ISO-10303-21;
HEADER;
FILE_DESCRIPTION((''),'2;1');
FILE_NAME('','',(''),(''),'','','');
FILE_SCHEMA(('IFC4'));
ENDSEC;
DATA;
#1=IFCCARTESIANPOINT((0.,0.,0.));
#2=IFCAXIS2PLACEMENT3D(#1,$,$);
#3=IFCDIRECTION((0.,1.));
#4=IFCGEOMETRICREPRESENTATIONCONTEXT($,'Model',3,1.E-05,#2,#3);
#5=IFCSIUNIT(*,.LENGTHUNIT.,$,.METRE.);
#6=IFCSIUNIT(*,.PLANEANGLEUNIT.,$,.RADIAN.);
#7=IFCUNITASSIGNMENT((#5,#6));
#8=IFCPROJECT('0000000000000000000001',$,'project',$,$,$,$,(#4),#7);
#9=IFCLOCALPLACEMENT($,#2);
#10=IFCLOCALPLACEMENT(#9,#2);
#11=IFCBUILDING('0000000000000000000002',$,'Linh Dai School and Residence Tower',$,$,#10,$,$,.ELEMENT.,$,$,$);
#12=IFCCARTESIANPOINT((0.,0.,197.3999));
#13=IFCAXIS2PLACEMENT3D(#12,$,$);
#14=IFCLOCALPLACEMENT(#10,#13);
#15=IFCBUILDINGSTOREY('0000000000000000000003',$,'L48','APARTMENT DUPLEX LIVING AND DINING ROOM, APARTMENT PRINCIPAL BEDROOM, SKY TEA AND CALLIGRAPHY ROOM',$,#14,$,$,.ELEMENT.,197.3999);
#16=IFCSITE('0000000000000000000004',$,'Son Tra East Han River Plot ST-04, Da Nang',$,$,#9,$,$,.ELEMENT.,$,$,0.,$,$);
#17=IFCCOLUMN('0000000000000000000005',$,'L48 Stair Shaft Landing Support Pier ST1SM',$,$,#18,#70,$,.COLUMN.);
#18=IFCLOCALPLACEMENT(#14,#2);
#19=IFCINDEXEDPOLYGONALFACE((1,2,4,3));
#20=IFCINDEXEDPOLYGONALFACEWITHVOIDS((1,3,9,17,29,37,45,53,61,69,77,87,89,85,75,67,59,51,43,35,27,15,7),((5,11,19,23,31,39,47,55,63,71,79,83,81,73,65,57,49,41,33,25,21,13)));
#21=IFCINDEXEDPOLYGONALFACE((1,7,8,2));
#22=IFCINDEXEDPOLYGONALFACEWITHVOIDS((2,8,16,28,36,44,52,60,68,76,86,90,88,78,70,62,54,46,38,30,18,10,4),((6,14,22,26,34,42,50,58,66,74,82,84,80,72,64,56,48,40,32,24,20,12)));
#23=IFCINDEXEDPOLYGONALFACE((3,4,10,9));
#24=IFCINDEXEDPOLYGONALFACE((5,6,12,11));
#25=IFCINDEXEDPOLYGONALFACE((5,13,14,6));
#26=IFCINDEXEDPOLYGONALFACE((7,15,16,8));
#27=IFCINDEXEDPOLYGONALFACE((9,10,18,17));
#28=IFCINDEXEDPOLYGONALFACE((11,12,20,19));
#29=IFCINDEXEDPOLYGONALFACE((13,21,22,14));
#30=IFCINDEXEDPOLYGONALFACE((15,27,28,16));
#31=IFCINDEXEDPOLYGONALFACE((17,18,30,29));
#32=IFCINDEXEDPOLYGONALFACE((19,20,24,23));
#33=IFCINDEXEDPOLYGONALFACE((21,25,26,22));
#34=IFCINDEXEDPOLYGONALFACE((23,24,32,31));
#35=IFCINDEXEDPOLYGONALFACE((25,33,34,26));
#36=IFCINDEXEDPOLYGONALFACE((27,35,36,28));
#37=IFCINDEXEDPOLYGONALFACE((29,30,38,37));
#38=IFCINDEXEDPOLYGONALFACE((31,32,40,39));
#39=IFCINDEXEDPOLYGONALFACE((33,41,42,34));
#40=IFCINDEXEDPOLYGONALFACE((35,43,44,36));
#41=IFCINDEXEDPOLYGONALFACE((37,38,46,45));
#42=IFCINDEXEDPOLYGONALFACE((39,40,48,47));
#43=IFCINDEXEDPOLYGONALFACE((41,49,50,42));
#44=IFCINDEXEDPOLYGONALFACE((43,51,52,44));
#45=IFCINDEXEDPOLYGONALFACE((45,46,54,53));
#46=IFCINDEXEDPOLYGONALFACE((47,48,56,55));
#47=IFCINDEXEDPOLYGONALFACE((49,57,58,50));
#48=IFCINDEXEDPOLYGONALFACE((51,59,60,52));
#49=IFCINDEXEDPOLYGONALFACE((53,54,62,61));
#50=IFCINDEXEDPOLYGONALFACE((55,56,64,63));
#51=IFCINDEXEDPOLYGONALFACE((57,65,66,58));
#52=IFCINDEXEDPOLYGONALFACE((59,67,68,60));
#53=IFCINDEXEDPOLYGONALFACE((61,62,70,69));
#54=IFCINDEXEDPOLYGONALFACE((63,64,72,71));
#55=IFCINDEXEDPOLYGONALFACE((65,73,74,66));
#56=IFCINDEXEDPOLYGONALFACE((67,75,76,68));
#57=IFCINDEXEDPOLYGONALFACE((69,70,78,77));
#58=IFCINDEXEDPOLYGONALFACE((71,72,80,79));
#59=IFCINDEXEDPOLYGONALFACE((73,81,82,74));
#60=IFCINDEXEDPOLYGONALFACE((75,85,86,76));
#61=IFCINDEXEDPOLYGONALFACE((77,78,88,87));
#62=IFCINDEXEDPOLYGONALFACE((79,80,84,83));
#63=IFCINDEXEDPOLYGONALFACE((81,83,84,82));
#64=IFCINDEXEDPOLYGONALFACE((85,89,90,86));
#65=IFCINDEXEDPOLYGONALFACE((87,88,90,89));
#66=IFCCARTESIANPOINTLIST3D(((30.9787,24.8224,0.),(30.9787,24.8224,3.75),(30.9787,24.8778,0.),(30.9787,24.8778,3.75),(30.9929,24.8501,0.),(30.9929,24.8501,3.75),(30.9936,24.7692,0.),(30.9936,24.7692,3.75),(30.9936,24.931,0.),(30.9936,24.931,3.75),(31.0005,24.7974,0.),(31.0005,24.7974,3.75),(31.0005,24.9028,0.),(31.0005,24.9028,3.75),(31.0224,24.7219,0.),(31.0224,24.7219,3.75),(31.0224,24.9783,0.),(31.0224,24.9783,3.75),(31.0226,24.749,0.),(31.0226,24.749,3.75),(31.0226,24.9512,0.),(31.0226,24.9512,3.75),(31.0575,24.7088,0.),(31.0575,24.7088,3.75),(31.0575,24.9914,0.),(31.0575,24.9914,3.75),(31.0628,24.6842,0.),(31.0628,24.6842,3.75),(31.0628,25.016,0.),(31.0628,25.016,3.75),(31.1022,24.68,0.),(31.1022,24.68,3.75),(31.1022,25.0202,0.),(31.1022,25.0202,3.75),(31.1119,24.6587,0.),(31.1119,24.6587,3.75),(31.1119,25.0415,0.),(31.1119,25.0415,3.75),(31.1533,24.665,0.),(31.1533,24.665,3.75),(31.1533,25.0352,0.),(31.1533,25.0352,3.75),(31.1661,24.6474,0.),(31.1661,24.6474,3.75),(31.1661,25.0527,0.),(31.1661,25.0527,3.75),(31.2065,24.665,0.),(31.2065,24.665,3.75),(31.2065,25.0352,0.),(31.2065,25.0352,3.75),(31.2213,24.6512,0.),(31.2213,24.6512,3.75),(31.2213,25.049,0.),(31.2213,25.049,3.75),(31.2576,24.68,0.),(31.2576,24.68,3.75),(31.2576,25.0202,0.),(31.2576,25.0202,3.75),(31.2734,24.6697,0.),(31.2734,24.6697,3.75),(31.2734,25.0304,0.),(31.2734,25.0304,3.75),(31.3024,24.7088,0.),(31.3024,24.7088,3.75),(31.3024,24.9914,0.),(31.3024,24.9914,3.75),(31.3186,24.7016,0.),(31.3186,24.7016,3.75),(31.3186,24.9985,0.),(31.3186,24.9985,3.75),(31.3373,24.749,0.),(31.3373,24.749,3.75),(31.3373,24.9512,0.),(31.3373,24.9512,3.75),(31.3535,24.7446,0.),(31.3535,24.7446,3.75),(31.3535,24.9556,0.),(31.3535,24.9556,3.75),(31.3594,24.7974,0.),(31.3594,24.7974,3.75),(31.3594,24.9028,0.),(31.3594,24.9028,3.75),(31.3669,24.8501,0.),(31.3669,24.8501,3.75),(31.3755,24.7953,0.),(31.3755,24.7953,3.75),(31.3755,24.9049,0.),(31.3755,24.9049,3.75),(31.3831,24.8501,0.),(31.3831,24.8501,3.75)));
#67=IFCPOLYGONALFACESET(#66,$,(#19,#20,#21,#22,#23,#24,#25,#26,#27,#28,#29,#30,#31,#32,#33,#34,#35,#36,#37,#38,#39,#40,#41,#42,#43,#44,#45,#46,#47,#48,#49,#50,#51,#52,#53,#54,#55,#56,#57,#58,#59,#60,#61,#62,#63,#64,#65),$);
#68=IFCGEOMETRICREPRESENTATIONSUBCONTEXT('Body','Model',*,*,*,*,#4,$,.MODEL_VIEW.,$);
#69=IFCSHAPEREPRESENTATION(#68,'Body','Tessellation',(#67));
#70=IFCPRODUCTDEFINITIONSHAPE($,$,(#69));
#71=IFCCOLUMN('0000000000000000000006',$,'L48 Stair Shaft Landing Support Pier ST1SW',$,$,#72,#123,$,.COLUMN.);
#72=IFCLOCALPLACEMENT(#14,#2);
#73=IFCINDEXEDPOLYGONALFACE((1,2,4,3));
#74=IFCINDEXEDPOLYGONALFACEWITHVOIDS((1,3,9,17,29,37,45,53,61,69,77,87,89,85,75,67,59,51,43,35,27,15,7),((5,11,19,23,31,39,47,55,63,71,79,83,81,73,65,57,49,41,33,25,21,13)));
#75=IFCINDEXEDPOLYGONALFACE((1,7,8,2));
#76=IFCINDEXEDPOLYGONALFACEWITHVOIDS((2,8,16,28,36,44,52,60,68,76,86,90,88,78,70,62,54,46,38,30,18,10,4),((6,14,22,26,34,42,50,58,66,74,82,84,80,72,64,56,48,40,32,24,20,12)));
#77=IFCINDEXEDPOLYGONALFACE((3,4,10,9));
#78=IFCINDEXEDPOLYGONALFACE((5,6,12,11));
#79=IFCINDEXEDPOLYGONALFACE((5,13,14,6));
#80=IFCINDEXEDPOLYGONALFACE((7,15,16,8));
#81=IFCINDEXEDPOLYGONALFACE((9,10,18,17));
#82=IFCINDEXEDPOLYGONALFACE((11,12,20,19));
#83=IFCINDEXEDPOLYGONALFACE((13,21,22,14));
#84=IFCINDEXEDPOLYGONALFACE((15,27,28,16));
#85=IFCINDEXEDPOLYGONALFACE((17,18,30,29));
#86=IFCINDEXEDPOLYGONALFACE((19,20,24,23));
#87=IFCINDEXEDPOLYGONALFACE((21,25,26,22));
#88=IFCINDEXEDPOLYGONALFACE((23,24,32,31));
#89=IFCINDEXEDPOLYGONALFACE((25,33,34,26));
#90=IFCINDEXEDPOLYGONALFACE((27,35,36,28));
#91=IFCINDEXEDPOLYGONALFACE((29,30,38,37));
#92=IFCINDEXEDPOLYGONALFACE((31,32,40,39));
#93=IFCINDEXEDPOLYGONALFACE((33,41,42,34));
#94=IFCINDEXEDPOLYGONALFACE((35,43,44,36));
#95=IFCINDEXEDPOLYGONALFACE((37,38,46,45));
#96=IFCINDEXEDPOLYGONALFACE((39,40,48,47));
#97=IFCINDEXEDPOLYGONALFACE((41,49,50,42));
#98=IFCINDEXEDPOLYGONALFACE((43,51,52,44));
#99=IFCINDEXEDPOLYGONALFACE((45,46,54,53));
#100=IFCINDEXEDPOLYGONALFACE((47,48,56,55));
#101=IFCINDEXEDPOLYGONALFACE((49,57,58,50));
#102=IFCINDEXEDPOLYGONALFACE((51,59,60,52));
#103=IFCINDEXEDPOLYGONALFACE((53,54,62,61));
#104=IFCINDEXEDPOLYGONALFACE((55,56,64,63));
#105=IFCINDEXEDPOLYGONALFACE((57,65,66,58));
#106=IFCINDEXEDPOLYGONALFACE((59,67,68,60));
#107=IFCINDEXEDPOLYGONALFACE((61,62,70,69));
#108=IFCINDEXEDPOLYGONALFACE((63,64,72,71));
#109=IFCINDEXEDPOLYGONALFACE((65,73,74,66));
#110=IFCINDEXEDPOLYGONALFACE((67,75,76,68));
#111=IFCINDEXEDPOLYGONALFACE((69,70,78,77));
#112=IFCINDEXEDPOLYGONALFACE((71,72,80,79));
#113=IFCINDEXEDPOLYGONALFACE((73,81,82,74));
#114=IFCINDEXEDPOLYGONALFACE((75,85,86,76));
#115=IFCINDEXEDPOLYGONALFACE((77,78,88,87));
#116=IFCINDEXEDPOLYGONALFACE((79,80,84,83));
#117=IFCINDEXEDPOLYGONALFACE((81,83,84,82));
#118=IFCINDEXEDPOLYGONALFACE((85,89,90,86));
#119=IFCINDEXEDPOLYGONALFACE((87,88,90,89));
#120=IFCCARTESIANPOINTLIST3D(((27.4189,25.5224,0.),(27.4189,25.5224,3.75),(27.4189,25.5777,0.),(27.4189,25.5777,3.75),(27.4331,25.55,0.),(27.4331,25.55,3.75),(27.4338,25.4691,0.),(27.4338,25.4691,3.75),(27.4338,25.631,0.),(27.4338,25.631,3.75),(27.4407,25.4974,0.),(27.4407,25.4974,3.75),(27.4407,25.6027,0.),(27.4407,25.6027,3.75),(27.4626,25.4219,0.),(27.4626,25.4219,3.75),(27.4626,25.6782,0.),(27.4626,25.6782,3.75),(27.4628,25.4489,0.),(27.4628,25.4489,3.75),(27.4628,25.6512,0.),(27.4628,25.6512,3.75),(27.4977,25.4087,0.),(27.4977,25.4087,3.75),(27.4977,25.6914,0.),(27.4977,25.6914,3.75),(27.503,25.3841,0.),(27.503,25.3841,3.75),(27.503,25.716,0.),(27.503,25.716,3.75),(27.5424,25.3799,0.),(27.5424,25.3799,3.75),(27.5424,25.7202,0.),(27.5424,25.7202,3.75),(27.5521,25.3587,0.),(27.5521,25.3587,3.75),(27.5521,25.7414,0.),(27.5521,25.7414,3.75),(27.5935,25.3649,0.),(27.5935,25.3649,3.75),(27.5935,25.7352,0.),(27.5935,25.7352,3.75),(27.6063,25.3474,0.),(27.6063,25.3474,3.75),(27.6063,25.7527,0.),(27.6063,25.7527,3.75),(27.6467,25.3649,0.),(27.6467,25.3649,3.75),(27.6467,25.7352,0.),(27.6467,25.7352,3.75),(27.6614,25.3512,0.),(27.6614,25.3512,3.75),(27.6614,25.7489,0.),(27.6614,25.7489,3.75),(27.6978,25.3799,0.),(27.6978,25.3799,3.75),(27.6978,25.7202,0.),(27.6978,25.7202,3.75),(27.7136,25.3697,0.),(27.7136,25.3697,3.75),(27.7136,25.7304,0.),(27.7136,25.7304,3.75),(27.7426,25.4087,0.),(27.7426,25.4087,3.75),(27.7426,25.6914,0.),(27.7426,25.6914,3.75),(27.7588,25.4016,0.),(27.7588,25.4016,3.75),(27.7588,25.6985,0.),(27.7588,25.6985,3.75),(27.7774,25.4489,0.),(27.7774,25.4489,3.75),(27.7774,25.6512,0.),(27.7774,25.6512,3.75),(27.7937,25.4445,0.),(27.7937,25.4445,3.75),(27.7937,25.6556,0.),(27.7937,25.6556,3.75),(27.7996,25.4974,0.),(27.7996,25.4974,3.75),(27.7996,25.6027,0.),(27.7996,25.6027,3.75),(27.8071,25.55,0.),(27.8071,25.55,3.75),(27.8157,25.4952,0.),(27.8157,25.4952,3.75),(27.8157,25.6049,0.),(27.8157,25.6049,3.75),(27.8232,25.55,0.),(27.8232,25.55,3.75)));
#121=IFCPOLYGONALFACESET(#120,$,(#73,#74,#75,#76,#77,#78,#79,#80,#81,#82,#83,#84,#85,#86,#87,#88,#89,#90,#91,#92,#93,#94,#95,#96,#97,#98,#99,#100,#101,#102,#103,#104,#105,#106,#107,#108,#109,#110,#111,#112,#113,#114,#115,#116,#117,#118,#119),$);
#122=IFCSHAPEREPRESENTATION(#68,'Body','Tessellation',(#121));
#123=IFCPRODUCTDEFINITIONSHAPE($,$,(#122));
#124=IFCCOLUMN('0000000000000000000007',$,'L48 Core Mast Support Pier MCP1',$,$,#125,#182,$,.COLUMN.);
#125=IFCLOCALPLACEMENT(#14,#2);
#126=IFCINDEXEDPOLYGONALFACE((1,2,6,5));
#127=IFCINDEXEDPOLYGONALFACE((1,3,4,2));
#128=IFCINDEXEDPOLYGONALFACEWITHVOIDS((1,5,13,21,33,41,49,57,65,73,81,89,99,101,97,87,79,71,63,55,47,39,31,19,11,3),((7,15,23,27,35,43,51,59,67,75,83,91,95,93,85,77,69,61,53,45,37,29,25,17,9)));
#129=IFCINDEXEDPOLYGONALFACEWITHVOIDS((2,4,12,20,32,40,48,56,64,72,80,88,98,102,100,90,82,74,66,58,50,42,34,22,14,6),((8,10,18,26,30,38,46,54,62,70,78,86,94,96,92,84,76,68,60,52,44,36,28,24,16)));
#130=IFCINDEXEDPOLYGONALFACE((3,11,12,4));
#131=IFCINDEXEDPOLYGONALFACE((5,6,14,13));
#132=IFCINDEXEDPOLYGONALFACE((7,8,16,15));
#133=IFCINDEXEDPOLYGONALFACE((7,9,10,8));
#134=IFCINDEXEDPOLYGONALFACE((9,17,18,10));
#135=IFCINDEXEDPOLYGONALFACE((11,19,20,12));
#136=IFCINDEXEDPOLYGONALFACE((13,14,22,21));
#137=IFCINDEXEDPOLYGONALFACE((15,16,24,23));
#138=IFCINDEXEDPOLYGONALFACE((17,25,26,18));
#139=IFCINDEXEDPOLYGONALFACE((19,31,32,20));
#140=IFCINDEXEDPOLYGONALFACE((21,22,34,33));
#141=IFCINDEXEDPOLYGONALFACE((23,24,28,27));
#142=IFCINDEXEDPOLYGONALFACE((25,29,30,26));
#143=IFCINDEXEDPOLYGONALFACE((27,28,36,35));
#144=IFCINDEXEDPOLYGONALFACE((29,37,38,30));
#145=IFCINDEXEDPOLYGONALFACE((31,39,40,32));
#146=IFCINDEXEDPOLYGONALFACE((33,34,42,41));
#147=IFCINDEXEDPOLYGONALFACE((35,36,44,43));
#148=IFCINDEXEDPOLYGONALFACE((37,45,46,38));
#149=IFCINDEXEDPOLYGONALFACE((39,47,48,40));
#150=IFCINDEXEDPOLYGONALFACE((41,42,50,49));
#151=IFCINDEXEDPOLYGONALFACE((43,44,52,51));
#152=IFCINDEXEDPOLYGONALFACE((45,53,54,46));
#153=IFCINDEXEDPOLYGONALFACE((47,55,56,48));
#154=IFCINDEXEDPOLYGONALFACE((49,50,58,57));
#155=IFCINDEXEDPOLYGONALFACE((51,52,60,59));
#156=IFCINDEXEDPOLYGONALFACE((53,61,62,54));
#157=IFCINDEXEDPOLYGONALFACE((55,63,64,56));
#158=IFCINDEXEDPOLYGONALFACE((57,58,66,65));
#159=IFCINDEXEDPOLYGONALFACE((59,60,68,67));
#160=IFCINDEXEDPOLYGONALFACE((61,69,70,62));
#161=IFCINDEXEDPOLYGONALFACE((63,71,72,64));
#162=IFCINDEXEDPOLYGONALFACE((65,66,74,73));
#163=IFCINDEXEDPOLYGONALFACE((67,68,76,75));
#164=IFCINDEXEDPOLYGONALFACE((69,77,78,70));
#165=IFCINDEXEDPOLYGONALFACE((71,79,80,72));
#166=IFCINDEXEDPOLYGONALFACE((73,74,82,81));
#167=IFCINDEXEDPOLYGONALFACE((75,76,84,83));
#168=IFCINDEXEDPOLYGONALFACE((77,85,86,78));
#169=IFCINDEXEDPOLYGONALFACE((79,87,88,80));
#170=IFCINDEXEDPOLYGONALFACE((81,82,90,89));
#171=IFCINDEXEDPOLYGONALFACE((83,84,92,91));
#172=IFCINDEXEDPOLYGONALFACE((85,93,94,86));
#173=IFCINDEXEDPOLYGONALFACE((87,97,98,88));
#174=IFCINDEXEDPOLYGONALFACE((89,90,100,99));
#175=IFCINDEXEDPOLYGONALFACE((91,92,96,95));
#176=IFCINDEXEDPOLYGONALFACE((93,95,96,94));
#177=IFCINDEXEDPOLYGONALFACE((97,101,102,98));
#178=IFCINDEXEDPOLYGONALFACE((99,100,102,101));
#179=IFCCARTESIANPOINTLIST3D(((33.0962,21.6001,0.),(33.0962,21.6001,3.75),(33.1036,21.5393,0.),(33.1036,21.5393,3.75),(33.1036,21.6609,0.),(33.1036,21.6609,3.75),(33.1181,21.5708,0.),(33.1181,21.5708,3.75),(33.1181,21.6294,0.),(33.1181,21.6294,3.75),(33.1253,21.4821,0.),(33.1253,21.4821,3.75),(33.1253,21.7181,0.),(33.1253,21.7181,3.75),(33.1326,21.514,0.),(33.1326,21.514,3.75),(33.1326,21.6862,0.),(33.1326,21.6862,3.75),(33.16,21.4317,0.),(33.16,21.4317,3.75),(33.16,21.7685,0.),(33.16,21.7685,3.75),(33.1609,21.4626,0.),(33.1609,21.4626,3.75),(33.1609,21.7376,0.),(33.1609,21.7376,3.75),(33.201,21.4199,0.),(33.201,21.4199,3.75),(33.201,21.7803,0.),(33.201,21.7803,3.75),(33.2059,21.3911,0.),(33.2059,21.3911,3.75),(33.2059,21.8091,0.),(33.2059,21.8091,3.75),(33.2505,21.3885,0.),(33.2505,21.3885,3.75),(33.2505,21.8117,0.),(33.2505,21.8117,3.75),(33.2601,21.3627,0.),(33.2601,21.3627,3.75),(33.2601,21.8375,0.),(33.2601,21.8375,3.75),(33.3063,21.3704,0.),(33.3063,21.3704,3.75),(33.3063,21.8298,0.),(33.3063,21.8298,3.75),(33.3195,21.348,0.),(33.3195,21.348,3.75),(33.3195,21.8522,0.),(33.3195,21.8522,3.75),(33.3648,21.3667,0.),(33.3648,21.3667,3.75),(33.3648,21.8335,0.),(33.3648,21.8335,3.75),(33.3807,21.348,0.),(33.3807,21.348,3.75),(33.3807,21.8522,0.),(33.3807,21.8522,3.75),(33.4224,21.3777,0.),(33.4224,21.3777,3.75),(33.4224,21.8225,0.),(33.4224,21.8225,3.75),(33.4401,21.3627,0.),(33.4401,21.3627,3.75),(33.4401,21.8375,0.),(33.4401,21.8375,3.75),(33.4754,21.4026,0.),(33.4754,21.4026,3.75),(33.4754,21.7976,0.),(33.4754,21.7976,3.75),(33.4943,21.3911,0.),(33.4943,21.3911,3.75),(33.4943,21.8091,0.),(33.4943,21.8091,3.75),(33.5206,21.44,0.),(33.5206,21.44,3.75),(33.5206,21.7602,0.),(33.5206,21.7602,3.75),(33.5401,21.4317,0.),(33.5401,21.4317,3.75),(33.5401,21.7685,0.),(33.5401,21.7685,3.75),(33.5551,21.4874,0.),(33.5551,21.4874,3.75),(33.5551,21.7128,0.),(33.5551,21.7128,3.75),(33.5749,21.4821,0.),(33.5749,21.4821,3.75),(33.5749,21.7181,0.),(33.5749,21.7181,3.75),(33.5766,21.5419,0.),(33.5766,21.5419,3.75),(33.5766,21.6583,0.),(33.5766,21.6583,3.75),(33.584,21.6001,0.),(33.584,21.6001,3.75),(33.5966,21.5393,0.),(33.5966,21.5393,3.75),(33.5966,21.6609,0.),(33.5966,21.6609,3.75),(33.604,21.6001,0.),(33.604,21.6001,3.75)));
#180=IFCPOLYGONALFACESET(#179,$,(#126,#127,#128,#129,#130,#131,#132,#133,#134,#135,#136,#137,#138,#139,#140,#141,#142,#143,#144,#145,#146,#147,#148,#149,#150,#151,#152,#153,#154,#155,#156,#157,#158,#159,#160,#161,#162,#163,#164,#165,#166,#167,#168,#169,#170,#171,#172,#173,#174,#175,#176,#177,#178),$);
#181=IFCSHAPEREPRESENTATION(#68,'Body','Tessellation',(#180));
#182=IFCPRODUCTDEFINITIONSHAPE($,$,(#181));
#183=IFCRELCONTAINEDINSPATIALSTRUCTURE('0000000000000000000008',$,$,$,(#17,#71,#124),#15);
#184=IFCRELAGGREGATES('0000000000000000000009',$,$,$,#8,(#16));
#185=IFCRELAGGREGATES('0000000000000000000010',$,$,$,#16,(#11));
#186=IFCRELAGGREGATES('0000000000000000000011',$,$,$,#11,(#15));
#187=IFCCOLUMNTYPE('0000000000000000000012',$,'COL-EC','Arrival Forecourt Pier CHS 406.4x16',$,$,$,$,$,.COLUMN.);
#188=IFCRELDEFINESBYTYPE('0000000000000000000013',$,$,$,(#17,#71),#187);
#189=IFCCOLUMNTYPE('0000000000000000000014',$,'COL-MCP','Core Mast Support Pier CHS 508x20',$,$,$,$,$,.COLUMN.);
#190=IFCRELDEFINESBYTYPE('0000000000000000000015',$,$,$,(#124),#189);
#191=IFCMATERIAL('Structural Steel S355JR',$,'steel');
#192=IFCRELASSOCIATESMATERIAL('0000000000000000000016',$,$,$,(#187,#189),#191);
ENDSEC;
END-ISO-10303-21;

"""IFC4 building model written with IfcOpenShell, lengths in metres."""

from ifc_helpers import new_model, si_unit, direction, frame, origin, origin_2d, place, context, subcontext, project, spatial, hollow_circle, extrude, material, material_profile, profile_set, type_object, element, save


model = new_model("IFC4")

# Units and contexts
model_context = context("Model", 3, precision=1e-05, world=origin(), true_north=direction((0.0, 1.0)))
body_context = subcontext(model_context, "Body", "Model", "MODEL_VIEW")
ifc_project = project(units=[si_unit("LENGTHUNIT", "METRE"), si_unit("PLANEANGLEUNIT", "RADIAN")], contexts=[model_context])

# Site, building, storey
site_placement = place(None, origin())
site = spatial("IfcSite", under=ifc_project, at=site_placement, Name="Son Tra East Han River Plot ST-04, Da Nang", CompositionType="ELEMENT", RefElevation=0.0)
building_placement = place(site_placement, origin())
building = spatial("IfcBuilding", under=site, at=building_placement, Name="Linh Dai School and Residence Tower", CompositionType="ELEMENT")
storey_placement = place(building_placement, frame((0.0, 0.0, 197.3999)))
storey = spatial("IfcBuildingStorey", under=building, at=storey_placement, Name="L48", Description="APARTMENT DUPLEX LIVING AND DINING ROOM, APARTMENT PRINCIPAL BEDROOM, SKY TEA AND CALLIGRAPHY ROOM", CompositionType="ELEMENT", Elevation=197.3999)

# Columns
ifc_material_1 = material(Name="Structural Steel S355JR", Category="steel")
ifc_material_profile_1 = material_profile(ifc_material_1, hollow_circle(Radius=0.2031, WallThickness=0.0161, at=origin_2d()), Name="CHS 406.4x16")
ifc_profile_set_1 = profile_set([ifc_material_profile_1], Name="Structural Steel S355JR")
column_type_1 = type_object("IfcColumnType", Name="COL-EC", Description="Arrival Forecourt Pier CHS 406.4x16", PredefinedType="COLUMN", material=ifc_profile_set_1)
for number, where, z_axis, x_axis, name in (
    (1, (31.1799, 24.8501, 0.0), (0.0, 0.0, 1.0), (1.0, 0.0, 0.0), "L48 Stair Shaft Landing Support Pier ST1SM"),
    (2, (27.6201, 25.55, 0.0), (0.0, 0.0, 1.0), (1.0, 0.0, 0.0), "L48 Stair Shaft Landing Support Pier ST1SW"),
):
    element("IfcColumn", number, at=place(storey_placement, frame(where, z_axis=z_axis, x_axis=x_axis)), inside=storey, type_object=column_type_1, Name=name, PredefinedType="COLUMN", context=body_context, shape_type="SweptSolid", body=[
        extrude(hollow_circle(Radius=0.2031, WallThickness=0.0161, at=origin_2d()), origin(), (0.0, 0.0, 1.0), 3.75),
    ])
ifc_material_profile_2 = material_profile(ifc_material_1, hollow_circle(Radius=0.2539, WallThickness=0.02, at=origin_2d()), Name="CHS 508x20")
ifc_profile_set_2 = profile_set([ifc_material_profile_2], Name="Structural Steel S355JR")
column_type_2 = type_object("IfcColumnType", Name="COL-MCP", Description="Core Mast Support Pier CHS 508x20", PredefinedType="COLUMN", material=ifc_profile_set_2)
column_placement = place(storey_placement, frame((33.3501, 21.6001, 0.0), z_axis=(0.0, 0.0, 1.0), x_axis=(1.0, 0.0, 0.0)))
element("IfcColumn", 3, at=column_placement, inside=storey, type_object=column_type_2, Name="L48 Core Mast Support Pier MCP1", PredefinedType="COLUMN", context=body_context, shape_type="SweptSolid", body=[
    extrude(hollow_circle(Radius=0.2539, WallThickness=0.02, at=origin_2d()), origin(), (0.0, 0.0, 1.0), 3.75),
])

save(model, "model.ifc")
